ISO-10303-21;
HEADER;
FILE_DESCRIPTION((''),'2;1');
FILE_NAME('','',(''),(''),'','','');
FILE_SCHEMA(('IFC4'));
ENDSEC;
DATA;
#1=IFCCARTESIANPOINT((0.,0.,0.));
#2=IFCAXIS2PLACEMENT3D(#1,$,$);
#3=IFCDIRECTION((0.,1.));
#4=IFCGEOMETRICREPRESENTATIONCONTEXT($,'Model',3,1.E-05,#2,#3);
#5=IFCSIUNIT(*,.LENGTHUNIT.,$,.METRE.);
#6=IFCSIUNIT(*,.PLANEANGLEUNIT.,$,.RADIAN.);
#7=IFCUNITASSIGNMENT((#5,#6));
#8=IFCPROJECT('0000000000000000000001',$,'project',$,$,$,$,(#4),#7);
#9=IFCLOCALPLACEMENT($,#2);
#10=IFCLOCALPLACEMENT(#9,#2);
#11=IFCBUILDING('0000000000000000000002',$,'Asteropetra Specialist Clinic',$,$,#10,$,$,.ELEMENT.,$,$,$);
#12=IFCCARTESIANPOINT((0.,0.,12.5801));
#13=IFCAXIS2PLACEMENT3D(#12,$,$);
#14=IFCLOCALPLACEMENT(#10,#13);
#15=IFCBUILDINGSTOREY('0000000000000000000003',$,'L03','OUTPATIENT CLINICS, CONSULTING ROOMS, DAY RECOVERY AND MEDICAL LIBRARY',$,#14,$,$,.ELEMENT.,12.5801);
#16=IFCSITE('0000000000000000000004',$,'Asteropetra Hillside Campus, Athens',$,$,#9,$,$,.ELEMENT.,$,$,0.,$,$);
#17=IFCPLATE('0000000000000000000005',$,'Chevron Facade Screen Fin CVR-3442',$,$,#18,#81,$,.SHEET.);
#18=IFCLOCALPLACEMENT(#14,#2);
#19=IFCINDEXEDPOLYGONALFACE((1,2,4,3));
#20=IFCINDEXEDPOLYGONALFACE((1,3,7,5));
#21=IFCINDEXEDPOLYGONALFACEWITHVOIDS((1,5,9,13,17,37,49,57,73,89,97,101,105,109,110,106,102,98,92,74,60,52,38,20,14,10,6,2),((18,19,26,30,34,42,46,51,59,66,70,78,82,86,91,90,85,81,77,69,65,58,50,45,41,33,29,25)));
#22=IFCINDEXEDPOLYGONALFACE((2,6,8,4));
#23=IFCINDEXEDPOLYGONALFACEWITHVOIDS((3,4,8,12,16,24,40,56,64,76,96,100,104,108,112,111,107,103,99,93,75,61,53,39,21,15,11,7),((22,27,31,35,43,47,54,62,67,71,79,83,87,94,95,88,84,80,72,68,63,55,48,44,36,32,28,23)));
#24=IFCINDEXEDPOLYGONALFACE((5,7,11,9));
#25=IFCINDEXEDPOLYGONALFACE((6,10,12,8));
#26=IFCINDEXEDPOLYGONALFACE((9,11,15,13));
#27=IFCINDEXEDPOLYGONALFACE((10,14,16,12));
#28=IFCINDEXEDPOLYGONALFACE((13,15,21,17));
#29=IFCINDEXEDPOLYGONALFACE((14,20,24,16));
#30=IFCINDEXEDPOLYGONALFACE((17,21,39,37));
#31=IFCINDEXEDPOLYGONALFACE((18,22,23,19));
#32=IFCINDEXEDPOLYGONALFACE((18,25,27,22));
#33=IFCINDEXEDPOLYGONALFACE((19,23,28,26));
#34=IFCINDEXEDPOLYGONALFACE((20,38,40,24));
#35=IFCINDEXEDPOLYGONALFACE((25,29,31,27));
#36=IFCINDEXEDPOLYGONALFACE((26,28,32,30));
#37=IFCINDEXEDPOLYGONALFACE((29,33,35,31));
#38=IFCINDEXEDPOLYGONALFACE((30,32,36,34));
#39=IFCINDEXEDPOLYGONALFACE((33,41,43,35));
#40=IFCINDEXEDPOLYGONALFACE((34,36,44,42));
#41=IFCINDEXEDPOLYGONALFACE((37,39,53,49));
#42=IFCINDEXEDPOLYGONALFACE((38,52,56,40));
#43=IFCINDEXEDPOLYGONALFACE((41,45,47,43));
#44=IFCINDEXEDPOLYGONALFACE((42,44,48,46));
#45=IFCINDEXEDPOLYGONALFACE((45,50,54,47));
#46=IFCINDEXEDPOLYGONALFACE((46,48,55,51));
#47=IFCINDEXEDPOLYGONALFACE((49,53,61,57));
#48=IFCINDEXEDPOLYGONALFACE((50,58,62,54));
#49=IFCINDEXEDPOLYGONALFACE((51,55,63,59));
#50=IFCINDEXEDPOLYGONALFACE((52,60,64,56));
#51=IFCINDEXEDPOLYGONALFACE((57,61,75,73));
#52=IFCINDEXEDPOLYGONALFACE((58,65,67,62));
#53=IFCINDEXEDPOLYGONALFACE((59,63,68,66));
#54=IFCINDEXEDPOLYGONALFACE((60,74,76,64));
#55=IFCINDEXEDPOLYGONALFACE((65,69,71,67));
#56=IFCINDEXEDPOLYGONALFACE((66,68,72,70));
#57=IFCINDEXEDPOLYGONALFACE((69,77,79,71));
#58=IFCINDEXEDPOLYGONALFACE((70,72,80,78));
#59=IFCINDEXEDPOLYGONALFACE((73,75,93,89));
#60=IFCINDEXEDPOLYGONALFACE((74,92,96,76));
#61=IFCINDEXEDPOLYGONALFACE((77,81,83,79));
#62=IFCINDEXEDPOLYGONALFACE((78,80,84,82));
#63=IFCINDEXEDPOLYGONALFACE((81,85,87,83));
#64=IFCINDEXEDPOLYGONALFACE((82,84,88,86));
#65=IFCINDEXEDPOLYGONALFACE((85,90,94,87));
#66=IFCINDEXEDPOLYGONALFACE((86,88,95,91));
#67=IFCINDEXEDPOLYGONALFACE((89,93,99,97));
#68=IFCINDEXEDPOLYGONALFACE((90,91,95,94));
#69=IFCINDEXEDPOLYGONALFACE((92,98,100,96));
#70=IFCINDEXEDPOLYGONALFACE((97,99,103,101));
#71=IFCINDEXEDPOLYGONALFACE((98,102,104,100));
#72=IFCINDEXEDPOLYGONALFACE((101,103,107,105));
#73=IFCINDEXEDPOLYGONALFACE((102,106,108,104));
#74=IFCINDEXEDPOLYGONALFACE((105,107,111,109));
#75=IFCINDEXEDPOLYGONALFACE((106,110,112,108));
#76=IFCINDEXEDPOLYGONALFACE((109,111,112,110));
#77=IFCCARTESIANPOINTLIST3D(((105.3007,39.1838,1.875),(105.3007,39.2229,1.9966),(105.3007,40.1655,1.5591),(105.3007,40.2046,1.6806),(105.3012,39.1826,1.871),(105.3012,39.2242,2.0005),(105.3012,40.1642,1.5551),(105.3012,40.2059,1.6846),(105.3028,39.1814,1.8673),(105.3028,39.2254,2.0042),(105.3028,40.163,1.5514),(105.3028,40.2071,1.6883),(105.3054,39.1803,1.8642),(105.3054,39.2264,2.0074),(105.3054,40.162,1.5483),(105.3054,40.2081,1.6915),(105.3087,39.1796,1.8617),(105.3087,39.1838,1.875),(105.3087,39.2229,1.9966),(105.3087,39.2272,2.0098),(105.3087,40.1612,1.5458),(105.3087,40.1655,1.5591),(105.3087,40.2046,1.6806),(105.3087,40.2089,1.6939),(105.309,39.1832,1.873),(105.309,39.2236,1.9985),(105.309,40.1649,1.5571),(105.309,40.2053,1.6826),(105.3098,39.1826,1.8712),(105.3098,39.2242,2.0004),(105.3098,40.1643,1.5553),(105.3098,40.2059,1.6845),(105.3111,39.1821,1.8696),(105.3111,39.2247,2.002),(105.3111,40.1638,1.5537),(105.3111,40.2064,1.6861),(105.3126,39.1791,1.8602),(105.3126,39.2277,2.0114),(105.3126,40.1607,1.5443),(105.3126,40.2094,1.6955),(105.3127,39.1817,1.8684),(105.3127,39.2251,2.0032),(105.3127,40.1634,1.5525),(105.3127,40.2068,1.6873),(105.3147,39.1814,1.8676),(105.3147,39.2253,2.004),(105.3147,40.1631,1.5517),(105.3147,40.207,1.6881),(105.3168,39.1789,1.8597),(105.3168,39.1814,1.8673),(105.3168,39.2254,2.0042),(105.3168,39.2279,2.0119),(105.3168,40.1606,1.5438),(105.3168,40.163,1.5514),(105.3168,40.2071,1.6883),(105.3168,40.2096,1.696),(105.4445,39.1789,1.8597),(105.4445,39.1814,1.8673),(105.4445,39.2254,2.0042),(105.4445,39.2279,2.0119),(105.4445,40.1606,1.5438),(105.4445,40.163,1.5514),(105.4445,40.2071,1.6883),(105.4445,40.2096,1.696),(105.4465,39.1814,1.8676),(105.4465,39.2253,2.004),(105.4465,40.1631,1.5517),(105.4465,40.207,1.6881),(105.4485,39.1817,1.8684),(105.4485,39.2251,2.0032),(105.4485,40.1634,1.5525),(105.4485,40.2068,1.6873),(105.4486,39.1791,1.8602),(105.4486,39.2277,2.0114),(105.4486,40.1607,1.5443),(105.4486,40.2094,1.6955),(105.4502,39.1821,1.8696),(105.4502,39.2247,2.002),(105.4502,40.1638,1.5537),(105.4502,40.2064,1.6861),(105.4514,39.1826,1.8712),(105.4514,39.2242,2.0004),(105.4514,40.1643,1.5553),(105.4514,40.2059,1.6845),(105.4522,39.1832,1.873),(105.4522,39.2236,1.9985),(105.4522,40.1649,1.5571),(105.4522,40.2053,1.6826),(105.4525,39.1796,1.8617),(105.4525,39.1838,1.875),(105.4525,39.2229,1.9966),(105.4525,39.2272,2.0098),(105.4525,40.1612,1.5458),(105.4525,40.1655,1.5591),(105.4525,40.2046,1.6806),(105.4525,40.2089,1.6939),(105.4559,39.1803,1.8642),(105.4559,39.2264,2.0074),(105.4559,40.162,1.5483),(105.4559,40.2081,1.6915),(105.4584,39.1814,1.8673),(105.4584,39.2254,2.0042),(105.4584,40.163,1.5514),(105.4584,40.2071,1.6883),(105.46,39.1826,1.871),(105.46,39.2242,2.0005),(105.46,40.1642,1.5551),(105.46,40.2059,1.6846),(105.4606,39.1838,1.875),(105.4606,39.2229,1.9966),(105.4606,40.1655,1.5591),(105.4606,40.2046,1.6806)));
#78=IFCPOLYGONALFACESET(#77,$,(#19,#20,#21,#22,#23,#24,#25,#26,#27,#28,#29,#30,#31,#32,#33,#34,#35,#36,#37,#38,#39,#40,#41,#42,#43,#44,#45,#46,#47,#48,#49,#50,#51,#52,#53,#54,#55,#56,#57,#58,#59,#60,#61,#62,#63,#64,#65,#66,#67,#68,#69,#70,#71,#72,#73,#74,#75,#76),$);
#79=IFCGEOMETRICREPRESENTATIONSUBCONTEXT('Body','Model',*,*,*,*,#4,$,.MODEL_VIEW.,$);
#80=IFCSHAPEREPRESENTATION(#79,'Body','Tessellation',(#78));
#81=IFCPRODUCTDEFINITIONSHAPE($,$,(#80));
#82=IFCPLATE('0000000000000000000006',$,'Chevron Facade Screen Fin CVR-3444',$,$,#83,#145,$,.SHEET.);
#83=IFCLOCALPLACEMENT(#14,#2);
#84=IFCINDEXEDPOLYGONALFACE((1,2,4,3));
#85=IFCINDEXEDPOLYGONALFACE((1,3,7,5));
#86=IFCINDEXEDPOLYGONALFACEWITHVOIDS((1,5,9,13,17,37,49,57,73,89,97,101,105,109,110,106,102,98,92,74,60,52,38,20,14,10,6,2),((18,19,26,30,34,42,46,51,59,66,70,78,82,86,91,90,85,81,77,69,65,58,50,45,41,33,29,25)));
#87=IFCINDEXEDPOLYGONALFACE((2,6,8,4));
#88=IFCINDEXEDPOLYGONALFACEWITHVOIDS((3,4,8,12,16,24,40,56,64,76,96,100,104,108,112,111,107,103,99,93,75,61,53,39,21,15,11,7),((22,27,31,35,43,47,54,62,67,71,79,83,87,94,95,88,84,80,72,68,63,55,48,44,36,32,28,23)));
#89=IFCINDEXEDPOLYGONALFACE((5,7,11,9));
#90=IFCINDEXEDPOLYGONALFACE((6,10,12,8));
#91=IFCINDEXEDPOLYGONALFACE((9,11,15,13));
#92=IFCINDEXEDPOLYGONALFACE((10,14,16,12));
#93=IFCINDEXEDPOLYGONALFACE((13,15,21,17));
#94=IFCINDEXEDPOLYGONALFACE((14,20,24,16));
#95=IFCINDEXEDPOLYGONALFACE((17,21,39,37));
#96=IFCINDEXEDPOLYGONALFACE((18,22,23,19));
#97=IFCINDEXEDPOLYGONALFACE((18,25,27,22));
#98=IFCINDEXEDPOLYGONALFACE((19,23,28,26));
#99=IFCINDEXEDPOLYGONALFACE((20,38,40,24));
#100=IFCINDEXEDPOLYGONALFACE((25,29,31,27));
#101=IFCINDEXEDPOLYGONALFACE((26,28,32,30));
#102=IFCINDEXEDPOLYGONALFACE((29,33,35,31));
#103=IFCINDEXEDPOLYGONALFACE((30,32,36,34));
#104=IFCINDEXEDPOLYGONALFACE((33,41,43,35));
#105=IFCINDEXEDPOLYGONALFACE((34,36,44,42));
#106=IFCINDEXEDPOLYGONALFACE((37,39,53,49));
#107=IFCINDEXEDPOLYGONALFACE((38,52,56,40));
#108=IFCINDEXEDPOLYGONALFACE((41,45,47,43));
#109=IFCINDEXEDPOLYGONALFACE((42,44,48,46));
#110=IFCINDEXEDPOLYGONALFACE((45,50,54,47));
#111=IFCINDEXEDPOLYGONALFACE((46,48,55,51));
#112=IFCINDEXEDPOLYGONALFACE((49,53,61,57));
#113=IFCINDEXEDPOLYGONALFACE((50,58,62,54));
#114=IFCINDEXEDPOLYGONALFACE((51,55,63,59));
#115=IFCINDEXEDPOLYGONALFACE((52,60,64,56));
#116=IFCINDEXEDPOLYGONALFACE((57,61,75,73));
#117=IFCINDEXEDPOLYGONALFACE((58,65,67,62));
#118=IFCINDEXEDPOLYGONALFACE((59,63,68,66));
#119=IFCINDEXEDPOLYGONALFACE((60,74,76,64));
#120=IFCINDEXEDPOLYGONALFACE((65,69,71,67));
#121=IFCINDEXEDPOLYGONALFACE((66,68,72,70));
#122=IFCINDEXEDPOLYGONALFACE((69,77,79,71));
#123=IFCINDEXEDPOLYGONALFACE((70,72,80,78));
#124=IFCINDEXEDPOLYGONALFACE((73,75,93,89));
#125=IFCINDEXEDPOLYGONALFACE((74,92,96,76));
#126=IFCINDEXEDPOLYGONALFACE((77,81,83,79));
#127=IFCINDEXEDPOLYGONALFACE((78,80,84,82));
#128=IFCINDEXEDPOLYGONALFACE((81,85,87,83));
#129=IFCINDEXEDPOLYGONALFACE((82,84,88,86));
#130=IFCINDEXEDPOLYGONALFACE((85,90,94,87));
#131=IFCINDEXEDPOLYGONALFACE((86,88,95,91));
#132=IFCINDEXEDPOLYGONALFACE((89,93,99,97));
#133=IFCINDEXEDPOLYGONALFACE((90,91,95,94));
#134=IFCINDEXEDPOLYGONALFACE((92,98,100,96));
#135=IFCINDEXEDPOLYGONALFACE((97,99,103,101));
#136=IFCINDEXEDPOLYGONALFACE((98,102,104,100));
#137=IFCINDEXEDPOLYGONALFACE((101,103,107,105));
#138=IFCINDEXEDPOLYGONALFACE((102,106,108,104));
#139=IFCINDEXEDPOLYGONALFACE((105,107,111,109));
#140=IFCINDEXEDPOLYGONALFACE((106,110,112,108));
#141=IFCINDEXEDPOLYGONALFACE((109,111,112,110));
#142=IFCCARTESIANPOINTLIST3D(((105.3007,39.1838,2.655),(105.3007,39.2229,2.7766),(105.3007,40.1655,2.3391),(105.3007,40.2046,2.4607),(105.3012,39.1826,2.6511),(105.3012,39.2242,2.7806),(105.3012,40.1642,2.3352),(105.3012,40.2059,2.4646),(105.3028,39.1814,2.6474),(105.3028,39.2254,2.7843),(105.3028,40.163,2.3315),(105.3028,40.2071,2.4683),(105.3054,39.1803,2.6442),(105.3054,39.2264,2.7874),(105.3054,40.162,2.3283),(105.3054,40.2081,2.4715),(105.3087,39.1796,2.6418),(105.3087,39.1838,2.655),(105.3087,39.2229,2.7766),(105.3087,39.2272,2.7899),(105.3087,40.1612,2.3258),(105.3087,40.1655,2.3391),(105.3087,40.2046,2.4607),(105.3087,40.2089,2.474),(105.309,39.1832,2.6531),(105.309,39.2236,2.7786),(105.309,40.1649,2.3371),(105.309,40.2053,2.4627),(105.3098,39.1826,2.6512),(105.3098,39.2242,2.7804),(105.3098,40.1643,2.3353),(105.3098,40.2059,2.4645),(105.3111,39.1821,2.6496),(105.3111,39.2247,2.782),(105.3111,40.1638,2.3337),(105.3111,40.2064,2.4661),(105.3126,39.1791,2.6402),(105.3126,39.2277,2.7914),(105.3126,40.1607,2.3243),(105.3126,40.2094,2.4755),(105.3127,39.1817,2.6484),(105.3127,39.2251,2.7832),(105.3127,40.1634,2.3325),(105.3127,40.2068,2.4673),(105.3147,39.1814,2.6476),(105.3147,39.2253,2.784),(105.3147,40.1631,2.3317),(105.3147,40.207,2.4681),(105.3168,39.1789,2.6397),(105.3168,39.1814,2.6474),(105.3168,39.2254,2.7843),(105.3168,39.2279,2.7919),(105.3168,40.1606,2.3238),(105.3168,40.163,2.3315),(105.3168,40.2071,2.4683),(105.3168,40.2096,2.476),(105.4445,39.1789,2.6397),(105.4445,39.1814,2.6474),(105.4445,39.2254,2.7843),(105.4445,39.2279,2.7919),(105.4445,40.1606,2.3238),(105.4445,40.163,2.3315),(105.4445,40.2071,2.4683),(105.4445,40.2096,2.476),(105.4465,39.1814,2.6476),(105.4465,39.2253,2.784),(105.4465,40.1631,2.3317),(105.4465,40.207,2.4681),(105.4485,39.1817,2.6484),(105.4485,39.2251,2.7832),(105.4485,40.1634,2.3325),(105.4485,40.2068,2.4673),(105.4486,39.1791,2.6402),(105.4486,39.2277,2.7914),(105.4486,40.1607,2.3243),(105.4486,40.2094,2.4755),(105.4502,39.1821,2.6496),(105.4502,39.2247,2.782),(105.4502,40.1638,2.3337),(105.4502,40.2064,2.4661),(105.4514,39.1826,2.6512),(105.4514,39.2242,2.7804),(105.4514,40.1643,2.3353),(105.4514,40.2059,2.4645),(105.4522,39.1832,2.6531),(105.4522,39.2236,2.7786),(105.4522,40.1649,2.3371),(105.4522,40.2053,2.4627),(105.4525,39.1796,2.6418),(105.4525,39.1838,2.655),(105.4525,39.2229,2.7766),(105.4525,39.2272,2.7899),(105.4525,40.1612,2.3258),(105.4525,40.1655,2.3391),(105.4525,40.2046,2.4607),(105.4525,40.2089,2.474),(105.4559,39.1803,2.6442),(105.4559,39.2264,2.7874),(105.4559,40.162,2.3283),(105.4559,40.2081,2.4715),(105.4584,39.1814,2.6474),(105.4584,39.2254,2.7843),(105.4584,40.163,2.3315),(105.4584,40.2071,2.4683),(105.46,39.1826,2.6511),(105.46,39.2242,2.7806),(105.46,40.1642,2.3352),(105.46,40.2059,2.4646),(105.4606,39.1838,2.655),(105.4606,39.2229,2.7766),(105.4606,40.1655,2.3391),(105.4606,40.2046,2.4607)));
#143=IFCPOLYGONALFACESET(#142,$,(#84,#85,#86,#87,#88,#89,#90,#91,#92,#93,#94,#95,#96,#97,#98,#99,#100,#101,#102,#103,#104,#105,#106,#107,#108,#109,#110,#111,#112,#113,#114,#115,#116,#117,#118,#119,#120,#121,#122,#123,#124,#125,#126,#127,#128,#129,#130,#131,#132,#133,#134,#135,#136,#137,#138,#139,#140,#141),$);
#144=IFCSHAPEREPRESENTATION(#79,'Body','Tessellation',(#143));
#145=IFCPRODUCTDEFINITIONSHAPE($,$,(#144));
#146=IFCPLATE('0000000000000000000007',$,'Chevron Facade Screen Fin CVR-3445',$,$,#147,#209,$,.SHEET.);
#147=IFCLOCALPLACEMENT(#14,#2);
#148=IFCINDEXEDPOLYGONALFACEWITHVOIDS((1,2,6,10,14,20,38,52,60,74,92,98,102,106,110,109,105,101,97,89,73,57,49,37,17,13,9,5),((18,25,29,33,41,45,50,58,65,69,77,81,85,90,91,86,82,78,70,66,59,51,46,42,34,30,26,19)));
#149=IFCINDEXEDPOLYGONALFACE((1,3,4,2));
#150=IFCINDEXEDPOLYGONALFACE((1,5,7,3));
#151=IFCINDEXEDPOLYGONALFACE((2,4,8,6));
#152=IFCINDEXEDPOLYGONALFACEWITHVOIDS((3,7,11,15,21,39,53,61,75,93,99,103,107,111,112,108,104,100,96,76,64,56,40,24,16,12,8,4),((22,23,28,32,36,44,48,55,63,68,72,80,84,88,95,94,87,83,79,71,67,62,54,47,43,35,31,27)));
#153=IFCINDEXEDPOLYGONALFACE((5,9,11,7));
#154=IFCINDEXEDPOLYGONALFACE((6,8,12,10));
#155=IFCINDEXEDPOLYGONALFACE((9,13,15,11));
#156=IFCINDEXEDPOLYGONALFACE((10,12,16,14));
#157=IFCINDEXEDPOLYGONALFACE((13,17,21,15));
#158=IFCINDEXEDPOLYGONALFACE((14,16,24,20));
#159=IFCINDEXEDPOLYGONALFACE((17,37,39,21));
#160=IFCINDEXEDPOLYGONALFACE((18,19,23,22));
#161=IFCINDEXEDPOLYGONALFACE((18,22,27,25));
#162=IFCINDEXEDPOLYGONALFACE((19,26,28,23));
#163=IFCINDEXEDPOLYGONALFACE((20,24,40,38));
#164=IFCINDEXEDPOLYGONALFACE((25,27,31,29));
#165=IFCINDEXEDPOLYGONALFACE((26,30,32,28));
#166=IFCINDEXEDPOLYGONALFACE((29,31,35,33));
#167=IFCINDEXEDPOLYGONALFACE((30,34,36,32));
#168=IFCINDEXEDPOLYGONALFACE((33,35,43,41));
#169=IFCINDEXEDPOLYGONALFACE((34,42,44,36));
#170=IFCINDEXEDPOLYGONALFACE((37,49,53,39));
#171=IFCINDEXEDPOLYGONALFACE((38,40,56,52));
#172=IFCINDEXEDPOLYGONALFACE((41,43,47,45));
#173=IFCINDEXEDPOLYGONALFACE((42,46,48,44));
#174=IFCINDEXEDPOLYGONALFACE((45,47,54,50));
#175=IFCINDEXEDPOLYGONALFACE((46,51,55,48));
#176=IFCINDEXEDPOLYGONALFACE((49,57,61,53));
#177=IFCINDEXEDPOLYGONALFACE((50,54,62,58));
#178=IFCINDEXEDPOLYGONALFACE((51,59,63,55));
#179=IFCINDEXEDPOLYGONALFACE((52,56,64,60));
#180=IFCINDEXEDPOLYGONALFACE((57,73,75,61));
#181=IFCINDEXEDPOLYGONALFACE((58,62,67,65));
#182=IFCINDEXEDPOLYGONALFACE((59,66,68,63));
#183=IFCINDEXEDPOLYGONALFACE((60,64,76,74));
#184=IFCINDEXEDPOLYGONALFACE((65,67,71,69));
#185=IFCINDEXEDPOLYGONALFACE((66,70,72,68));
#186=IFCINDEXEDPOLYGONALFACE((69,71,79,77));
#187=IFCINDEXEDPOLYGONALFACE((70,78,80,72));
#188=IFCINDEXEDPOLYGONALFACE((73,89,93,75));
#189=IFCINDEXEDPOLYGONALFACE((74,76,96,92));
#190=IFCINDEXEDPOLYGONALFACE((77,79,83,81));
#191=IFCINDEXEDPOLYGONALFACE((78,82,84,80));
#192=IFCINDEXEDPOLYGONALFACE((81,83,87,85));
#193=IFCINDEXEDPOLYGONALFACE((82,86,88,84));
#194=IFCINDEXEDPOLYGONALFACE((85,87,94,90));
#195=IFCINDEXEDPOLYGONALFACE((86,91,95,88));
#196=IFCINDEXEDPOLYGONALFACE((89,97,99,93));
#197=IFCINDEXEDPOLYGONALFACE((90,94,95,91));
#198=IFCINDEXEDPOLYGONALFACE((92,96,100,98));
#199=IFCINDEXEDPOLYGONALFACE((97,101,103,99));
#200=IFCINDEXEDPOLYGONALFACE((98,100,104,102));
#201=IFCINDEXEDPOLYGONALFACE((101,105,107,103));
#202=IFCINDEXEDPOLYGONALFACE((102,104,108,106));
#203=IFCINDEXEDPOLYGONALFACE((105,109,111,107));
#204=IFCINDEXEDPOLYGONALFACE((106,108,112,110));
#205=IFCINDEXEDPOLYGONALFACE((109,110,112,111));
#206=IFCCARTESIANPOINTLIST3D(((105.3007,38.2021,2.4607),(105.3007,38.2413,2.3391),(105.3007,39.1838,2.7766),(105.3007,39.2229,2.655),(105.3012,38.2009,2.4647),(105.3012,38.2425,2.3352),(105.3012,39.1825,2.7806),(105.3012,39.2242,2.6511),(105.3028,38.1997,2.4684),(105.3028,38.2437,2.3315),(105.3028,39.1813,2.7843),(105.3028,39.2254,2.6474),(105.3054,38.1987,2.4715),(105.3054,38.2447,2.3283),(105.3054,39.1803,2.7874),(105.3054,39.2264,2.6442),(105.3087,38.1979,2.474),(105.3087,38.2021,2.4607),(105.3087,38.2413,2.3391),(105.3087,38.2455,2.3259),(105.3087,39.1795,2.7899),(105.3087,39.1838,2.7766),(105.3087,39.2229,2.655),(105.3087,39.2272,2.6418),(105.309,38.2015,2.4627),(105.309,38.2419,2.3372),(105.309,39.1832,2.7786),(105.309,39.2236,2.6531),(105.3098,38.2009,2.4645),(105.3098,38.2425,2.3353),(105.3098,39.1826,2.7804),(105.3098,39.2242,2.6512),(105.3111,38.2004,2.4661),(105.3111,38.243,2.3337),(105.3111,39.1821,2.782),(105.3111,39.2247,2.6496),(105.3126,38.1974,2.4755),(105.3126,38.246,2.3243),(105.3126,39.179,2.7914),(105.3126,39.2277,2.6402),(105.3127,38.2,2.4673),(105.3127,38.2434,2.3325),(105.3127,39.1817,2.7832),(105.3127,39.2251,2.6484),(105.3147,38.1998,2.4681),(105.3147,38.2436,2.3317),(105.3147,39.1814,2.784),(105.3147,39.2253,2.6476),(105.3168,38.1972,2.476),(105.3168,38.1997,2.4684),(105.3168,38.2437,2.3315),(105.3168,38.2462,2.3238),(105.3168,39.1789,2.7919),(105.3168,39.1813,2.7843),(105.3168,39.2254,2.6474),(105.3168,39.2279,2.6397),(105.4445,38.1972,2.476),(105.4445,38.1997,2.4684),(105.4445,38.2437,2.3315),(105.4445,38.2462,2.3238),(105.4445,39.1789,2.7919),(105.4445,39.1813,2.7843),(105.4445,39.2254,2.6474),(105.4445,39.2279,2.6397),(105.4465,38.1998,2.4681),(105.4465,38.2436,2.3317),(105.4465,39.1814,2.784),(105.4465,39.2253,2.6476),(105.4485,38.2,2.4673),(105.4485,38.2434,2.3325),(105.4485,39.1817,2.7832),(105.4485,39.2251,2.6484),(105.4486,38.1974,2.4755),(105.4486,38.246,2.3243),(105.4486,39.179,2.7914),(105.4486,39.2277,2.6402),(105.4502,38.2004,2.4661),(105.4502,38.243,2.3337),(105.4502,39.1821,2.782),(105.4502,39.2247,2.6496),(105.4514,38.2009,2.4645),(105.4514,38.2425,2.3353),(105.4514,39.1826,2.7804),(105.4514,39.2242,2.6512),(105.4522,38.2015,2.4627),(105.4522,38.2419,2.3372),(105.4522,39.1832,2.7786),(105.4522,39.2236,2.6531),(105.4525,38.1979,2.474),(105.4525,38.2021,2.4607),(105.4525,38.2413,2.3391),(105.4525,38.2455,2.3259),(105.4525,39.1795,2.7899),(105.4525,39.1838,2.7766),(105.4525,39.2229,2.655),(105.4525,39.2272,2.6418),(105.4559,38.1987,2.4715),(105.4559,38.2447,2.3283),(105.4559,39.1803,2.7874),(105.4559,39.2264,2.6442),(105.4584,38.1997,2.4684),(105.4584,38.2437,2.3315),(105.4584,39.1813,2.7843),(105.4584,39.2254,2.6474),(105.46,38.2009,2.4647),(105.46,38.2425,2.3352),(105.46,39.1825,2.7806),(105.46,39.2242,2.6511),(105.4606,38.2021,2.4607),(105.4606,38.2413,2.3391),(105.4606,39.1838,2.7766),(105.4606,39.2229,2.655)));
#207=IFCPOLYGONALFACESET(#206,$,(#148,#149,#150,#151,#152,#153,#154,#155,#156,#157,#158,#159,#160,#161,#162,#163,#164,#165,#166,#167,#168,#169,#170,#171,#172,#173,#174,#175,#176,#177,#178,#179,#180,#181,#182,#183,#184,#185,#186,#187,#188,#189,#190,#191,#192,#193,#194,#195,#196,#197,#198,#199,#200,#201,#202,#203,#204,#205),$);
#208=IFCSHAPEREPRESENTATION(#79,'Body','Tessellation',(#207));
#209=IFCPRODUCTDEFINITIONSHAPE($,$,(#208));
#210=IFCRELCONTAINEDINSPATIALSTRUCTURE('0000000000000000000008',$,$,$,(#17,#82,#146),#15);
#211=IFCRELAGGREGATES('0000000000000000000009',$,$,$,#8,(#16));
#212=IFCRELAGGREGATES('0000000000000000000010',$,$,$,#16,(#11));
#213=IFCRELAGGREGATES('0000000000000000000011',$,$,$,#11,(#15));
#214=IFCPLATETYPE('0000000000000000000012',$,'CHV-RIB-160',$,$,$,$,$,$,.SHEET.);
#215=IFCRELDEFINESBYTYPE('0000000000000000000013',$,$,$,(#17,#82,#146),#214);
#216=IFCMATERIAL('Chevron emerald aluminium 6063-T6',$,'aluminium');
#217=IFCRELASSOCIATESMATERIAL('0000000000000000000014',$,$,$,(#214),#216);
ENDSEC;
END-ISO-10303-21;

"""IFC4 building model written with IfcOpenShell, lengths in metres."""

from ifc_helpers import new_model, si_unit, direction, frame, origin, origin_2d, place, context, subcontext, project, spatial, hollow_rectangle, extrude, material, material_profile, profile_set, type_object, element, save


model = new_model("IFC4")

# Units and contexts
model_context = context("Model", 3, precision=1e-05, world=origin(), true_north=direction((0.0, 1.0)))
body_context = subcontext(model_context, "Body", "Model", "MODEL_VIEW")
ifc_project = project(units=[si_unit("LENGTHUNIT", "METRE"), si_unit("PLANEANGLEUNIT", "RADIAN")], contexts=[model_context])

# Site, building, storey
site_placement = place(None, origin())
site = spatial("IfcSite", under=ifc_project, at=site_placement, Name="Asteropetra Hillside Campus, Athens", CompositionType="ELEMENT", RefElevation=0.0)
building_placement = place(site_placement, origin())
building = spatial("IfcBuilding", under=site, at=building_placement, Name="Asteropetra Specialist Clinic", CompositionType="ELEMENT")
storey_placement = place(building_placement, frame((0.0, 0.0, 12.5801)))
storey = spatial("IfcBuildingStorey", under=building, at=storey_placement, Name="L03", Description="OUTPATIENT CLINICS, CONSULTING ROOMS, DAY RECOVERY AND MEDICAL LIBRARY", CompositionType="ELEMENT", Elevation=12.5801)

# Plates
ifc_material_1 = material(Name="Chevron emerald aluminium 6063-T6", Category="aluminium")
ifc_material_profile_1 = material_profile(ifc_material_1, hollow_rectangle(XDim=0.1599, YDim=0.1599, WallThickness=0.0081, InnerFilletRadius=0.0081, OuterFilletRadius=0.0161, at=origin_2d()), Name="SHS 160x160x8.0")
ifc_profile_set_1 = profile_set([ifc_material_profile_1], Name="Chevron emerald aluminium 6063-T6")
plate_type_1 = type_object("IfcPlateType", Name="CHV-RIB-160", PredefinedType="SHEET", material=ifc_profile_set_1)
for number, where, z_axis, x_axis, name in (
    (1, (105.3806, 40.1851, 1.6199), (0.0, -0.951923, 0.306339), (1.0, 0.0, 0.0), "Chevron Facade Screen Fin CVR-3442"),
    (2, (105.3806, 40.1851, 2.3999), (0.0, -0.951923, 0.306339), (1.0, 0.0, 0.0), "Chevron Facade Screen Fin CVR-3444"),
    (3, (105.3806, 39.2034, 2.7158), (0.0, -0.951923, -0.306339), (1.0, 0.0, 0.0), "Chevron Facade Screen Fin CVR-3445"),
):
    element("IfcPlate", number, at=place(storey_placement, frame(where, z_axis=z_axis, x_axis=x_axis)), inside=storey, type_object=plate_type_1, Name=name, PredefinedType="SHEET", context=body_context, shape_type="SweptSolid", body=[
        extrude(hollow_rectangle(XDim=0.1599, YDim=0.1599, WallThickness=0.0081, InnerFilletRadius=0.0081, OuterFilletRadius=0.0161, at=origin_2d()), origin(), (0.0, 0.0, 1.0), 1.0312),
    ])

save(model, "model.ifc")
